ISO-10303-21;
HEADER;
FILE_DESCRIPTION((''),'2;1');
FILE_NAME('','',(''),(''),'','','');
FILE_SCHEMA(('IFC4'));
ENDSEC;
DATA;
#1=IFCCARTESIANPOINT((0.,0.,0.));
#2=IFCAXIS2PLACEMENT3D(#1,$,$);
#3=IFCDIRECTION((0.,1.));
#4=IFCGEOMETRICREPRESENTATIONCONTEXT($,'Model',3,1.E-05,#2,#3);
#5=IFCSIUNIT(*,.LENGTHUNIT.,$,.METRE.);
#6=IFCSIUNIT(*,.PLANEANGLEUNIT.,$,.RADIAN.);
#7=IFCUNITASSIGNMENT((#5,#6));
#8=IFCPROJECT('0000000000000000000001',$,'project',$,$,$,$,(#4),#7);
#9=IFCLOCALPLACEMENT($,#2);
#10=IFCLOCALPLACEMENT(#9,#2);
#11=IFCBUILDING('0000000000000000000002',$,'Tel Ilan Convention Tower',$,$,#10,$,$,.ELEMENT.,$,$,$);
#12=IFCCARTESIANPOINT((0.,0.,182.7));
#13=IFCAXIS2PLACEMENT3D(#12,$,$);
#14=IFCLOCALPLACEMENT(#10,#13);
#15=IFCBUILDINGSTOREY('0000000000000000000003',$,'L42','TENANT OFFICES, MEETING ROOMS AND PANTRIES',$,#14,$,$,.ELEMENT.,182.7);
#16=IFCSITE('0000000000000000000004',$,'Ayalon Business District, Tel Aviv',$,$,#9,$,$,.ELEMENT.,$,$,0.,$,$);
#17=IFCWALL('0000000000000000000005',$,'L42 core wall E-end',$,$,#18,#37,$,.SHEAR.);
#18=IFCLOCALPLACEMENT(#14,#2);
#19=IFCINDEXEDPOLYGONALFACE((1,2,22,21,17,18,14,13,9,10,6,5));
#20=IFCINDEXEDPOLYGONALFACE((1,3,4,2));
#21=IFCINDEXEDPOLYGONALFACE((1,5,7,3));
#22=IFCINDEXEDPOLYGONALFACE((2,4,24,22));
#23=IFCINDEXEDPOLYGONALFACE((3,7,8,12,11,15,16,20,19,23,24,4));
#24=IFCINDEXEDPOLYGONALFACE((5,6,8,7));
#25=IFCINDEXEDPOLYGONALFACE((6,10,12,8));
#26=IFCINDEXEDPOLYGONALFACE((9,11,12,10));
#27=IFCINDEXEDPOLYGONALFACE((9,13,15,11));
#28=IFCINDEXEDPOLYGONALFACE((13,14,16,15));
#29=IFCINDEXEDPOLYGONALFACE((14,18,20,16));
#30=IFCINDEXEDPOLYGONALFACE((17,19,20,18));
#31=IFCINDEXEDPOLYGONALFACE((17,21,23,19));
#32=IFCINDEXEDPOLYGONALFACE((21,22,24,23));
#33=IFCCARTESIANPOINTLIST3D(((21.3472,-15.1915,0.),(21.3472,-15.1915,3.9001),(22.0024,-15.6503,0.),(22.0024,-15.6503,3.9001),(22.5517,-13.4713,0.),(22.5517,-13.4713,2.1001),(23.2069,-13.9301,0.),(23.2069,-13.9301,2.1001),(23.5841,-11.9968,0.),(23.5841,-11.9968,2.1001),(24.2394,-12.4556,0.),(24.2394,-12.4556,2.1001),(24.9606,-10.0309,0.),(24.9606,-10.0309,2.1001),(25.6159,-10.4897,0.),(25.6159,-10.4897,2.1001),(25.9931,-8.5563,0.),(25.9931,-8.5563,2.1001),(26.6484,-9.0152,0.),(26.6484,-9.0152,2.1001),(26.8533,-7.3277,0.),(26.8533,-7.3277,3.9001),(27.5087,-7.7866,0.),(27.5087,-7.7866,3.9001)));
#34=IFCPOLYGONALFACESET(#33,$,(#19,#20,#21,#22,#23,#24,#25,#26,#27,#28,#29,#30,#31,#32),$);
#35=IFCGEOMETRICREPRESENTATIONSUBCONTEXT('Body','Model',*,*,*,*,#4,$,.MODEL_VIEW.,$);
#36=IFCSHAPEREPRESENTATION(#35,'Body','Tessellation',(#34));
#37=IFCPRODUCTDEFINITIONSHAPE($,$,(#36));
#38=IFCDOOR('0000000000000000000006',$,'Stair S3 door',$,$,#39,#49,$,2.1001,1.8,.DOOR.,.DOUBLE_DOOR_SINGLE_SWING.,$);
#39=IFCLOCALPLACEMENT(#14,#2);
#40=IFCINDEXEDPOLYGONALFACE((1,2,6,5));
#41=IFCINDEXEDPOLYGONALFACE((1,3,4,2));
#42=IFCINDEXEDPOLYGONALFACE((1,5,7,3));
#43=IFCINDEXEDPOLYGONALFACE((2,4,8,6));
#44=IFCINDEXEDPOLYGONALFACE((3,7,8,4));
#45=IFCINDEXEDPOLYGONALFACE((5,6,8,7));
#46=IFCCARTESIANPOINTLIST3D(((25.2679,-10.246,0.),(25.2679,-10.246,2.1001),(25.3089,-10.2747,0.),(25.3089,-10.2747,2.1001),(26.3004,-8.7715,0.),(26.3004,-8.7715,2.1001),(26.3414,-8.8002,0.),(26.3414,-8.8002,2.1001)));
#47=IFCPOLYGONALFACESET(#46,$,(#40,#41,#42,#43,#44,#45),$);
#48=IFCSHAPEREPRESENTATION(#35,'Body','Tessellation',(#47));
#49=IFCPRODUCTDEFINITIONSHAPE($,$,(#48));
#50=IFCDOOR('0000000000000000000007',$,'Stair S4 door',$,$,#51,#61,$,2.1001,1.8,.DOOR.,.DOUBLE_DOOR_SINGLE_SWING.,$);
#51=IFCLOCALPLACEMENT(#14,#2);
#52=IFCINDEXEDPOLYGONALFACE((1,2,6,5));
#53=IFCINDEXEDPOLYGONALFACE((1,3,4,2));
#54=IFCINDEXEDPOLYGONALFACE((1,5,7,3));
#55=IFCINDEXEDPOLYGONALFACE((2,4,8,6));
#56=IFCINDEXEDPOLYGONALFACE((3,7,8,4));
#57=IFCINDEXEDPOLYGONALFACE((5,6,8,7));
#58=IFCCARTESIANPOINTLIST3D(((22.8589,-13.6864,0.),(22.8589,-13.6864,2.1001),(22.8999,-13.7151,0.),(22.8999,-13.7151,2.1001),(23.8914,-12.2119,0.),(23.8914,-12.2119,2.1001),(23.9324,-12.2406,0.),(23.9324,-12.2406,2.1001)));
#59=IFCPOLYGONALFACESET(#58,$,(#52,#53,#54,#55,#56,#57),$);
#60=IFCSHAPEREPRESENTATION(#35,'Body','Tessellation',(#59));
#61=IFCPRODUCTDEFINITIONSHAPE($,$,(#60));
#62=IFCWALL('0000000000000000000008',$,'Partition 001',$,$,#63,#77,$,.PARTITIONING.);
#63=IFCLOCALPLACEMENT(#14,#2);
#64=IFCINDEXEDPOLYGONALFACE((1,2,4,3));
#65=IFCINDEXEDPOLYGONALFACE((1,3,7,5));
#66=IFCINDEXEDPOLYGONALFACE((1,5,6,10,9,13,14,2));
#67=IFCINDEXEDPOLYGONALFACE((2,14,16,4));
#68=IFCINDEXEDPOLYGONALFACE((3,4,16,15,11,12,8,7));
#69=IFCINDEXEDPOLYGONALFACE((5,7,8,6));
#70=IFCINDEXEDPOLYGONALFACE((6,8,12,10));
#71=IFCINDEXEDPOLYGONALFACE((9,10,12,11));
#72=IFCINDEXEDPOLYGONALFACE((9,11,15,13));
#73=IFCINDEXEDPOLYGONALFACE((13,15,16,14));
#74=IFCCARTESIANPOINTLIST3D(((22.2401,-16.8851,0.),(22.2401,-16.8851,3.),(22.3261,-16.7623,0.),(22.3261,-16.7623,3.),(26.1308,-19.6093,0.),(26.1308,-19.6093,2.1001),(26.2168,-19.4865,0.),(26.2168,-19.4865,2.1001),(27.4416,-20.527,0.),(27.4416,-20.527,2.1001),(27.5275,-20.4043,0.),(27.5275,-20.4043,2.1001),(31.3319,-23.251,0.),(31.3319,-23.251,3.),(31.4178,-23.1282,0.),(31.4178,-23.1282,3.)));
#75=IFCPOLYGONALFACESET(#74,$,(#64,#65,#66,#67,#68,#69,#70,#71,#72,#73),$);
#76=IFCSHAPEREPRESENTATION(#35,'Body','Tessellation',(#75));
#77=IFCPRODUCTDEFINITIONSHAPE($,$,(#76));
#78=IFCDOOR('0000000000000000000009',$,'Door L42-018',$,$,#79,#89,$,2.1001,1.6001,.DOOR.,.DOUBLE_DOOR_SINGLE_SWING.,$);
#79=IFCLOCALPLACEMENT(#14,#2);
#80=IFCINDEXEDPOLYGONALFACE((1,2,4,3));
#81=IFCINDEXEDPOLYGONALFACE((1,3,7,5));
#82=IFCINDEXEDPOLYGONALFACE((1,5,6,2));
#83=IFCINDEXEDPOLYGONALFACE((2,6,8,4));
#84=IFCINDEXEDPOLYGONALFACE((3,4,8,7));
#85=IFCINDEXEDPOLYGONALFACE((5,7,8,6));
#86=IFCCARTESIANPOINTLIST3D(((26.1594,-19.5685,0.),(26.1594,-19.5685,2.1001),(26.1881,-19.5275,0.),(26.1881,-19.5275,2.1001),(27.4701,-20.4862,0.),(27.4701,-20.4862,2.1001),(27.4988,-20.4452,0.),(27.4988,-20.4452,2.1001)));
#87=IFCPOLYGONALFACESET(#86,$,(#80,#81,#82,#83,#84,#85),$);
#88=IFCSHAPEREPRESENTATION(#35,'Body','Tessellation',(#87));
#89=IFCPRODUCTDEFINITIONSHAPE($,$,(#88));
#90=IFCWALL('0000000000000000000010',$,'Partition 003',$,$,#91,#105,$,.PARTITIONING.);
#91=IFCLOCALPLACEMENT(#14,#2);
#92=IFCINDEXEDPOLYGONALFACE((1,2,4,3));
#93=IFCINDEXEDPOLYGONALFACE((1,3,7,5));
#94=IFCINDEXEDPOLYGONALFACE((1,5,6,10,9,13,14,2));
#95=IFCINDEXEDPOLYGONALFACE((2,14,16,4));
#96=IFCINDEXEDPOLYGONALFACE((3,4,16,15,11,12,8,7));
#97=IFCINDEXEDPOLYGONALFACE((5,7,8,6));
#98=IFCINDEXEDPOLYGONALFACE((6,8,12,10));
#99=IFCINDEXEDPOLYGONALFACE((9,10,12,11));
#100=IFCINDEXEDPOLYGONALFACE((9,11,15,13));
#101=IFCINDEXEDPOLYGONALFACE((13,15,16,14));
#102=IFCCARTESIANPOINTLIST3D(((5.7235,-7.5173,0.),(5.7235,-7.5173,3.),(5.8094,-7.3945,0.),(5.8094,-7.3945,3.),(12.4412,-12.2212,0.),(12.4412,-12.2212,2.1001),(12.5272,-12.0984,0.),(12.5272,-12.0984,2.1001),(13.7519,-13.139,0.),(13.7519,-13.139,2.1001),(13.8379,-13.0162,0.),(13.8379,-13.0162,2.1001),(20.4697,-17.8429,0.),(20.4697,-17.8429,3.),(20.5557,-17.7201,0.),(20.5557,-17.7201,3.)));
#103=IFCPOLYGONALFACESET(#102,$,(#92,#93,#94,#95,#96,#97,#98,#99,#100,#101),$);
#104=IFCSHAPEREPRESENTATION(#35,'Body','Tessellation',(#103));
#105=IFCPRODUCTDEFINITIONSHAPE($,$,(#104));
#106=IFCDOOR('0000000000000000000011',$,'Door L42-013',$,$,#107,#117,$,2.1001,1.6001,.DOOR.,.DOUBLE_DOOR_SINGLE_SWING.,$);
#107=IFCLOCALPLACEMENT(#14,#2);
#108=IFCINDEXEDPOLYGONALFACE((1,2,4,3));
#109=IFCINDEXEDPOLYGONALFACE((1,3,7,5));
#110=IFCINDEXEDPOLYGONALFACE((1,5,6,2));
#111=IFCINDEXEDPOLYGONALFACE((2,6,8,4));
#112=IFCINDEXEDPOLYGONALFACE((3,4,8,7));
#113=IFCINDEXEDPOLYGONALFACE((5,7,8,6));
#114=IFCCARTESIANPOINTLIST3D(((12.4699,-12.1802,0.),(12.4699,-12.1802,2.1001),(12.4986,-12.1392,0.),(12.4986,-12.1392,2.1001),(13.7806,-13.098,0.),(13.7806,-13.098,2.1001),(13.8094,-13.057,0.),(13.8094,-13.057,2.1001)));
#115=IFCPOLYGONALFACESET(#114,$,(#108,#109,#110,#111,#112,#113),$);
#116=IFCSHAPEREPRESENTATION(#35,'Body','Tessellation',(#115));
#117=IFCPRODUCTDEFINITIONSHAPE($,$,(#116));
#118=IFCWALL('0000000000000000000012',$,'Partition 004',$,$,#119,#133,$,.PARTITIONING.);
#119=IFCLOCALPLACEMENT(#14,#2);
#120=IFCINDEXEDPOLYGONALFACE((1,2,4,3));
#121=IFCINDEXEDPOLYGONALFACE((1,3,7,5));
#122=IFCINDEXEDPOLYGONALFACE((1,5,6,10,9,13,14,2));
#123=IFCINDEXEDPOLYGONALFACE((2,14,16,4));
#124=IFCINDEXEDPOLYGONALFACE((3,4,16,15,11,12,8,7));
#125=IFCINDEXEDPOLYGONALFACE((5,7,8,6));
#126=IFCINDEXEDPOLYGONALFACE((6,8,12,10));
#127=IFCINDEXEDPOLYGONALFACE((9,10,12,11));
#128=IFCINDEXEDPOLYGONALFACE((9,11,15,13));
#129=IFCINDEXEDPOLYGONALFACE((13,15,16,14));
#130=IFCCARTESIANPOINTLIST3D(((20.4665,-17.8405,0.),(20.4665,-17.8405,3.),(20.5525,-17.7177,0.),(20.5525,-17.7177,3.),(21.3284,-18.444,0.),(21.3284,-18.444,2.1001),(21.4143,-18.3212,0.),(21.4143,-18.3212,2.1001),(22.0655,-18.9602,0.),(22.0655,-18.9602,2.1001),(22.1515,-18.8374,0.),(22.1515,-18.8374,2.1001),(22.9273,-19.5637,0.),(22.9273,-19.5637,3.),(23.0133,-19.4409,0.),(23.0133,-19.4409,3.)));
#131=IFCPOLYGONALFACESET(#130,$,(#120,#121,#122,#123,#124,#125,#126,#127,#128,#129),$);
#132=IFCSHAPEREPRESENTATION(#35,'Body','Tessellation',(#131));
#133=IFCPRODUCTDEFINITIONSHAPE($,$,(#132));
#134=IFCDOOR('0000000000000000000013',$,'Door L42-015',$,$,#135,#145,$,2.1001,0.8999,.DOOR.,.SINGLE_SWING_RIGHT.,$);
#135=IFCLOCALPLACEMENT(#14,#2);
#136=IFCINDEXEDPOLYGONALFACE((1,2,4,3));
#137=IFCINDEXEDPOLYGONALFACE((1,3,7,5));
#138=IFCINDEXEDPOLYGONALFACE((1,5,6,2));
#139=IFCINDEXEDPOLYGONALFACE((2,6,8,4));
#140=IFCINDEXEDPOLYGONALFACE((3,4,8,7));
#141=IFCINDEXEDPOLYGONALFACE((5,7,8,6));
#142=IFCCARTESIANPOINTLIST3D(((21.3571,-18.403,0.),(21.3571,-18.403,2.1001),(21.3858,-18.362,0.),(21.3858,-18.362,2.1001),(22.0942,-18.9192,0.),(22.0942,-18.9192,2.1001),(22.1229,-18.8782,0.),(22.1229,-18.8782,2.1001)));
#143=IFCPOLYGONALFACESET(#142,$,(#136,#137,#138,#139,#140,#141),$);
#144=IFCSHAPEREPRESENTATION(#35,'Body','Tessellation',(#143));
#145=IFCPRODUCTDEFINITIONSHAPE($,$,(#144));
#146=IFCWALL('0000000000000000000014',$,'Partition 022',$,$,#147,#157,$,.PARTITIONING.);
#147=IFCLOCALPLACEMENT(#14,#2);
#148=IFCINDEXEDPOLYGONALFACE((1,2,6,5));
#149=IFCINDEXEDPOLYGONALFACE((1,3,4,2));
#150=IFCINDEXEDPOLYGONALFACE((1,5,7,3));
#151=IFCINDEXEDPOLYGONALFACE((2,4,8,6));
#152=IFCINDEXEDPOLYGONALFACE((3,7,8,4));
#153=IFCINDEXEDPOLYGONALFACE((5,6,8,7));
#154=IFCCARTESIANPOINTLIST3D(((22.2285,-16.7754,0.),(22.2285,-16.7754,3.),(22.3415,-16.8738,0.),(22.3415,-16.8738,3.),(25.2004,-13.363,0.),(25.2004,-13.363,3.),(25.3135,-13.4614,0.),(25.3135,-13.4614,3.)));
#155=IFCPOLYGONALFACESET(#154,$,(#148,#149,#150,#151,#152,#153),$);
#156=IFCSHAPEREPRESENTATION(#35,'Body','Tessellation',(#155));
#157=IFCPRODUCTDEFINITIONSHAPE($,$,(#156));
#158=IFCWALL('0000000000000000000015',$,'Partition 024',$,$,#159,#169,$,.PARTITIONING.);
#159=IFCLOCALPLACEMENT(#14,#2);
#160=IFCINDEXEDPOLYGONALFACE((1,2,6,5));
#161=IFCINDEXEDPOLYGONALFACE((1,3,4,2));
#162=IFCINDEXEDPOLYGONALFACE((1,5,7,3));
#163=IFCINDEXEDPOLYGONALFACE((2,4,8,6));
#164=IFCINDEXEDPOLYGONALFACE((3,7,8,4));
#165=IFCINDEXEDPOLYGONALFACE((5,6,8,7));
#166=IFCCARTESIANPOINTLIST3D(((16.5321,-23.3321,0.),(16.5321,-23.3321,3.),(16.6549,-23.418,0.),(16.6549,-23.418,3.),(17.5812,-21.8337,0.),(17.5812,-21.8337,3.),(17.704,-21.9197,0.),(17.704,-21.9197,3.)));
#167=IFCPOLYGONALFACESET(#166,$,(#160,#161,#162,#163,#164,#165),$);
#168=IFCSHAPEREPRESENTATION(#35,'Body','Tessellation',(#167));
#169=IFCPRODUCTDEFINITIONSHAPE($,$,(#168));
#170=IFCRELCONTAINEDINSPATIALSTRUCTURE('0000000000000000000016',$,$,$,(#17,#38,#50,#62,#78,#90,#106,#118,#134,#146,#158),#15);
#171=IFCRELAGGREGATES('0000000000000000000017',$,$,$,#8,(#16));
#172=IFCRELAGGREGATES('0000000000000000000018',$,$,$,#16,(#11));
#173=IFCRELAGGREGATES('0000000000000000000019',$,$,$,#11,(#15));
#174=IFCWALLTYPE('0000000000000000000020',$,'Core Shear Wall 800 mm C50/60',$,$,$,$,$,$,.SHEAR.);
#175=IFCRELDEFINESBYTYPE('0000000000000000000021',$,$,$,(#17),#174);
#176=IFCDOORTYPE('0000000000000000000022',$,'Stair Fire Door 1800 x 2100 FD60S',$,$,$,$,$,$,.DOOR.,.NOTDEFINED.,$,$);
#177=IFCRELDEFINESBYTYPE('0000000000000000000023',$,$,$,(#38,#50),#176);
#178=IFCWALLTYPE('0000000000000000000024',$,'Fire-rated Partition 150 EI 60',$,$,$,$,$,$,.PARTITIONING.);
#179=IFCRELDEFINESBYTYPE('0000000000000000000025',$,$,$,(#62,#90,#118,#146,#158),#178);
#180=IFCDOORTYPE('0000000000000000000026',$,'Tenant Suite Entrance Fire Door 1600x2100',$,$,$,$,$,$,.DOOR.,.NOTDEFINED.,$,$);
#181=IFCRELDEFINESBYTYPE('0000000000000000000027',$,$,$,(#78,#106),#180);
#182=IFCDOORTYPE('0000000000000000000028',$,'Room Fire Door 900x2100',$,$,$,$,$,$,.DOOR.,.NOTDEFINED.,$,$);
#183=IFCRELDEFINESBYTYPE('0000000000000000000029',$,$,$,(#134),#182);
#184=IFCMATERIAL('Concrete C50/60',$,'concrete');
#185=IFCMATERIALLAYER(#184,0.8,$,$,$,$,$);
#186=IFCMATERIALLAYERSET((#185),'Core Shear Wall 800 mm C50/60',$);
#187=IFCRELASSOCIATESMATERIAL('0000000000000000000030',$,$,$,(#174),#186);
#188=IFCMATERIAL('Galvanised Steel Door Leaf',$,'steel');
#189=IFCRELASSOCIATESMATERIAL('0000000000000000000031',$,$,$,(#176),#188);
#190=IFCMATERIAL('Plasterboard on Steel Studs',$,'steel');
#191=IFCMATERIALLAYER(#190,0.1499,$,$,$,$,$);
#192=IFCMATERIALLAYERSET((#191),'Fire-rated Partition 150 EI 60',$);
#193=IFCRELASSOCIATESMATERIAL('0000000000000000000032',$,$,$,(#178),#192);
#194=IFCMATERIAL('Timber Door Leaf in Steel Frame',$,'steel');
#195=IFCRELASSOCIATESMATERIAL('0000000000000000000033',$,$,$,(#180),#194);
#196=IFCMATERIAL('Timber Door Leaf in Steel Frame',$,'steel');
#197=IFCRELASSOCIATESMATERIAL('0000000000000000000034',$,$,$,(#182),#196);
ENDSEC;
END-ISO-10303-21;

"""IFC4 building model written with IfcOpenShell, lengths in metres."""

from ifc_helpers import new_model, si_unit, direction, frame, frame_2d, origin, place, context, subcontext, project, spatial, polyline, rectangle, outline, extrude, material, layer, layer_set, type_object, element, fill, save


model = new_model("IFC4")

# Units and contexts
model_context = context("Model", 3, precision=1e-05, world=origin(), true_north=direction((0.0, 1.0)))
body_context = subcontext(model_context, "Body", "Model", "MODEL_VIEW")
ifc_project = project(units=[si_unit("LENGTHUNIT", "METRE"), si_unit("PLANEANGLEUNIT", "RADIAN")], contexts=[model_context])

# Site, building, storey
site_placement = place(None, origin())
site = spatial("IfcSite", under=ifc_project, at=site_placement, Name="Ayalon Business District, Tel Aviv", CompositionType="ELEMENT", RefElevation=0.0)
building_placement = place(site_placement, origin())
building = spatial("IfcBuilding", under=site, at=building_placement, Name="Tel Ilan Convention Tower", CompositionType="ELEMENT")
storey_placement = place(building_placement, frame((0.0, 0.0, 182.7)))
storey = spatial("IfcBuildingStorey", under=building, at=storey_placement, Name="L42", Description="TENANT OFFICES, MEETING ROOMS AND PANTRIES", CompositionType="ELEMENT", Elevation=182.7)

# Wall, openings, doors
ifc_material_1 = material(Name="Concrete C50/60", Category="concrete")
ifc_layer_1 = layer(ifc_material_1, 0.8)
ifc_layer_set_1 = layer_set([ifc_layer_1], Name="Core Shear Wall 800 mm C50/60")
wall_type_1 = type_object("IfcWallType", Name="Core Shear Wall 800 mm C50/60", PredefinedType="SHEAR", material=ifc_layer_set_1)
wall_1_placement = place(storey_placement, frame((21.6748, -15.4209, 0.0), z_axis=(0.0, 0.0, 1.0), x_axis=(0.573582, 0.819148, 0.0)))
wall_1 = element("IfcWall", 1, at=wall_1_placement, inside=storey, type_object=wall_type_1, Name="L42 core wall E-end", PredefinedType="SHEAR", context=body_context, shape_type="SweptSolid", body=[
    extrude(outline(polyline([(9.5999, 0.4001), (0.0, 0.3999), (0.0, -0.3999), (9.5999, -0.3999), (9.5999, 0.4001)])), origin(), (0.0, 0.0, 1.0), 3.9001),
])
opening_1_placement = place(wall_1_placement, frame((6.3, 0.0, 0.0)))
opening_1 = element("IfcOpeningElement", 2, at=opening_1_placement, cuts=wall_1, PredefinedType="OPENING", context=body_context, shape_type="SweptSolid", body=[
    extrude(rectangle(XDim=1.8, YDim=2.1001, at=frame_2d((0.8999, 1.05))), frame((0.0, 0.4099, 0.0), z_axis=(0.0, -1.0, 0.0), x_axis=(1.0, 0.0, 0.0)), (0.0, 0.0, 1.0), 0.8201),
])
opening_2_placement = place(wall_1_placement, frame((2.1001, 0.0, 0.0)))
opening_2 = element("IfcOpeningElement", 3, at=opening_2_placement, cuts=wall_1, PredefinedType="OPENING", context=body_context, shape_type="SweptSolid", body=[
    extrude(rectangle(XDim=1.8, YDim=2.1001, at=frame_2d((0.8999, 1.05))), frame((0.0, 0.4099, 0.0), z_axis=(0.0, -1.0, 0.0), x_axis=(1.0, 0.0, 0.0)), (0.0, 0.0, 1.0), 0.8201),
])
ifc_material_2 = material(Name="Galvanised Steel Door Leaf", Category="steel")
door_type_1 = type_object("IfcDoorType", Name="Stair Fire Door 1800 x 2100 FD60S", OperationType="NOTDEFINED", PredefinedType="DOOR", material=ifc_material_2)
door_1_placement = place(opening_1_placement, origin())
door_1 = element("IfcDoor", 4, at=door_1_placement, inside=storey, type_object=door_type_1, Name="Stair S3 door", OperationType="DOUBLE_DOOR_SINGLE_SWING", OverallHeight=2.1001, OverallWidth=1.8, PredefinedType="DOOR", context=body_context, shape_type="SweptSolid", body=[
    extrude(rectangle(XDim=1.8, YDim=2.1001, at=frame_2d((0.8999, 1.05))), frame((0.0, 0.0249, 0.0), z_axis=(0.0, -1.0, 0.0), x_axis=(1.0, 0.0, 0.0)), (0.0, 0.0, 1.0), 0.05),
])
fill(opening_1, door_1)
door_2_placement = place(opening_2_placement, origin())
door_2 = element("IfcDoor", 5, at=door_2_placement, inside=storey, type_object=door_type_1, Name="Stair S4 door", OperationType="DOUBLE_DOOR_SINGLE_SWING", OverallHeight=2.1001, OverallWidth=1.8, PredefinedType="DOOR", context=body_context, shape_type="SweptSolid", body=[
    extrude(rectangle(XDim=1.8, YDim=2.1001, at=frame_2d((0.8999, 1.05))), frame((0.0, 0.0249, 0.0), z_axis=(0.0, -1.0, 0.0), x_axis=(1.0, 0.0, 0.0)), (0.0, 0.0, 1.0), 0.05),
])
fill(opening_2, door_2)

# Walls, openings, doors
ifc_material_3 = material(Name="Plasterboard on Steel Studs", Category="steel")
ifc_layer_2 = layer(ifc_material_3, 0.1499)
ifc_layer_set_2 = layer_set([ifc_layer_2], Name="Fire-rated Partition 150 EI 60")
wall_type_2 = type_object("IfcWallType", Name="Fire-rated Partition 150 EI 60", PredefinedType="PARTITIONING", material=ifc_layer_set_2)
wall_2_placement = place(storey_placement, frame((22.2832, -16.8237, 0.0), z_axis=(0.0, 0.0, 1.0), x_axis=(0.81916, -0.573566, 0.0)))
wall_2 = element("IfcWall", 6, at=wall_2_placement, inside=storey, type_object=wall_type_2, Name="Partition 001", PredefinedType="PARTITIONING", context=body_context, shape_type="SweptSolid", body=[
    extrude(rectangle(XDim=11.0989, YDim=0.1499, at=frame_2d((5.5493, 0.0))), origin(), (0.0, 0.0, 1.0), 3.0),
])
opening_3_placement = place(wall_2_placement, frame((4.7495, 0.0, 0.0)))
opening_3 = element("IfcOpeningElement", 7, at=opening_3_placement, cuts=wall_2, PredefinedType="OPENING", context=body_context, shape_type="SweptSolid", body=[
    extrude(rectangle(XDim=1.6001, YDim=2.1001, at=frame_2d((0.8, 1.05))), frame((0.0, 0.085, 0.0), z_axis=(0.0, -1.0, 0.0), x_axis=(1.0, 0.0, 0.0)), (0.0, 0.0, 1.0), 0.1699),
])
ifc_material_4 = material(Name="Timber Door Leaf in Steel Frame", Category="steel")
door_type_2 = type_object("IfcDoorType", Name="Tenant Suite Entrance Fire Door 1600x2100", OperationType="NOTDEFINED", PredefinedType="DOOR", material=ifc_material_4)
door_3_placement = place(opening_3_placement, origin())
door_3 = element("IfcDoor", 8, at=door_3_placement, inside=storey, type_object=door_type_2, Name="Door L42-018", OperationType="DOUBLE_DOOR_SINGLE_SWING", OverallHeight=2.1001, OverallWidth=1.6001, PredefinedType="DOOR", context=body_context, shape_type="SweptSolid", body=[
    extrude(rectangle(XDim=1.6001, YDim=2.1001, at=frame_2d((0.8, 1.05))), frame((0.0, 0.0249, 0.0), z_axis=(0.0, -1.0, 0.0), x_axis=(1.0, 0.0, 0.0)), (0.0, 0.0, 1.0), 0.05),
])
fill(opening_3, door_3)
wall_3_placement = place(storey_placement, frame((20.5127, -17.7815, 0.0), z_axis=(0.0, 0.0, 1.0), x_axis=(-0.819147, 0.573583, 0.0)))
wall_3 = element("IfcWall", 9, at=wall_3_placement, inside=storey, type_object=wall_type_2, Name="Partition 003", PredefinedType="PARTITIONING", context=body_context, shape_type="SweptSolid", body=[
    extrude(rectangle(XDim=18.002, YDim=0.1499, at=frame_2d((9.001, 0.0))), origin(), (0.0, 0.0, 1.0), 3.0),
])
opening_4_placement = place(wall_3_placement, frame((8.2009, 0.0, 0.0)))
opening_4 = element("IfcOpeningElement", 10, at=opening_4_placement, cuts=wall_3, PredefinedType="OPENING", context=body_context, shape_type="SweptSolid", body=[
    extrude(rectangle(XDim=1.6001, YDim=2.1001, at=frame_2d((0.8, 1.05))), frame((0.0, 0.085, 0.0), z_axis=(0.0, -1.0, 0.0), x_axis=(1.0, 0.0, 0.0)), (0.0, 0.0, 1.0), 0.1699),
])
door_4_placement = place(opening_4_placement, origin())
door_4 = element("IfcDoor", 11, at=door_4_placement, inside=storey, type_object=door_type_2, Name="Door L42-013", OperationType="DOUBLE_DOOR_SINGLE_SWING", OverallHeight=2.1001, OverallWidth=1.6001, PredefinedType="DOOR", context=body_context, shape_type="SweptSolid", body=[
    extrude(rectangle(XDim=1.6001, YDim=2.1001, at=frame_2d((0.8, 1.05))), frame((0.0, 0.0249, 0.0), z_axis=(0.0, -1.0, 0.0), x_axis=(1.0, 0.0, 0.0)), (0.0, 0.0, 1.0), 0.05),
])
fill(opening_4, door_4)
wall_4_placement = place(storey_placement, frame((22.9702, -19.5022, 0.0), z_axis=(0.0, 0.0, 1.0), x_axis=(-0.819129, 0.57361, 0.0)))
wall_4 = element("IfcWall", 12, at=wall_4_placement, inside=storey, type_object=wall_type_2, Name="Partition 004", PredefinedType="PARTITIONING", context=body_context, shape_type="SweptSolid", body=[
    extrude(rectangle(XDim=3.0042, YDim=0.1499, at=frame_2d((1.502, 0.0))), origin(), (0.0, 0.0, 1.0), 3.0),
])
opening_5_placement = place(wall_4_placement, frame((1.052, 0.0, 0.0)))
opening_5 = element("IfcOpeningElement", 13, at=opening_5_placement, cuts=wall_4, PredefinedType="OPENING", context=body_context, shape_type="SweptSolid", body=[
    extrude(rectangle(XDim=0.8999, YDim=2.1001, at=frame_2d((0.45, 1.05))), frame((0.0, 0.085, 0.0), z_axis=(0.0, -1.0, 0.0), x_axis=(1.0, 0.0, 0.0)), (0.0, 0.0, 1.0), 0.1699),
])
ifc_material_5 = material(Name="Timber Door Leaf in Steel Frame", Category="steel")
door_type_3 = type_object("IfcDoorType", Name="Room Fire Door 900x2100", OperationType="NOTDEFINED", PredefinedType="DOOR", material=ifc_material_5)
door_5_placement = place(opening_5_placement, origin())
door_5 = element("IfcDoor", 14, at=door_5_placement, inside=storey, type_object=door_type_3, Name="Door L42-015", OperationType="SINGLE_SWING_RIGHT", OverallHeight=2.1001, OverallWidth=0.8999, PredefinedType="DOOR", context=body_context, shape_type="SweptSolid", body=[
    extrude(rectangle(XDim=0.8999, YDim=2.1001, at=frame_2d((0.45, 1.05))), frame((0.0, 0.0249, 0.0), z_axis=(0.0, -1.0, 0.0), x_axis=(1.0, 0.0, 0.0)), (0.0, 0.0, 1.0), 0.05),
])
fill(opening_5, door_5)

# Walls
wall_5_placement = place(storey_placement, frame((22.2849, -16.8247, 0.0), z_axis=(0.0, 0.0, 1.0), x_axis=(0.656765, 0.754095, 0.0)))
element("IfcWall", 15, at=wall_5_placement, inside=storey, type_object=wall_type_2, Name="Partition 022", PredefinedType="PARTITIONING", context=body_context, shape_type="SweptSolid", body=[
    extrude(rectangle(XDim=4.5251, YDim=0.1499, at=frame_2d((2.2627, 0.0))), origin(), (0.0, 0.0, 1.0), 3.0),
])
wall_6_placement = place(storey_placement, frame((17.6426, -21.8767, 0.0), z_axis=(0.0, 0.0, 1.0), x_axis=(-0.573561, -0.819163, 0.0)))
element("IfcWall", 16, at=wall_6_placement, inside=storey, type_object=wall_type_2, Name="Partition 024", PredefinedType="PARTITIONING", context=body_context, shape_type="SweptSolid", body=[
    extrude(rectangle(XDim=1.8291, YDim=0.1499, at=frame_2d((0.9146, 0.0))), origin(), (0.0, 0.0, 1.0), 3.0),
])

save(model, "model.ifc")
